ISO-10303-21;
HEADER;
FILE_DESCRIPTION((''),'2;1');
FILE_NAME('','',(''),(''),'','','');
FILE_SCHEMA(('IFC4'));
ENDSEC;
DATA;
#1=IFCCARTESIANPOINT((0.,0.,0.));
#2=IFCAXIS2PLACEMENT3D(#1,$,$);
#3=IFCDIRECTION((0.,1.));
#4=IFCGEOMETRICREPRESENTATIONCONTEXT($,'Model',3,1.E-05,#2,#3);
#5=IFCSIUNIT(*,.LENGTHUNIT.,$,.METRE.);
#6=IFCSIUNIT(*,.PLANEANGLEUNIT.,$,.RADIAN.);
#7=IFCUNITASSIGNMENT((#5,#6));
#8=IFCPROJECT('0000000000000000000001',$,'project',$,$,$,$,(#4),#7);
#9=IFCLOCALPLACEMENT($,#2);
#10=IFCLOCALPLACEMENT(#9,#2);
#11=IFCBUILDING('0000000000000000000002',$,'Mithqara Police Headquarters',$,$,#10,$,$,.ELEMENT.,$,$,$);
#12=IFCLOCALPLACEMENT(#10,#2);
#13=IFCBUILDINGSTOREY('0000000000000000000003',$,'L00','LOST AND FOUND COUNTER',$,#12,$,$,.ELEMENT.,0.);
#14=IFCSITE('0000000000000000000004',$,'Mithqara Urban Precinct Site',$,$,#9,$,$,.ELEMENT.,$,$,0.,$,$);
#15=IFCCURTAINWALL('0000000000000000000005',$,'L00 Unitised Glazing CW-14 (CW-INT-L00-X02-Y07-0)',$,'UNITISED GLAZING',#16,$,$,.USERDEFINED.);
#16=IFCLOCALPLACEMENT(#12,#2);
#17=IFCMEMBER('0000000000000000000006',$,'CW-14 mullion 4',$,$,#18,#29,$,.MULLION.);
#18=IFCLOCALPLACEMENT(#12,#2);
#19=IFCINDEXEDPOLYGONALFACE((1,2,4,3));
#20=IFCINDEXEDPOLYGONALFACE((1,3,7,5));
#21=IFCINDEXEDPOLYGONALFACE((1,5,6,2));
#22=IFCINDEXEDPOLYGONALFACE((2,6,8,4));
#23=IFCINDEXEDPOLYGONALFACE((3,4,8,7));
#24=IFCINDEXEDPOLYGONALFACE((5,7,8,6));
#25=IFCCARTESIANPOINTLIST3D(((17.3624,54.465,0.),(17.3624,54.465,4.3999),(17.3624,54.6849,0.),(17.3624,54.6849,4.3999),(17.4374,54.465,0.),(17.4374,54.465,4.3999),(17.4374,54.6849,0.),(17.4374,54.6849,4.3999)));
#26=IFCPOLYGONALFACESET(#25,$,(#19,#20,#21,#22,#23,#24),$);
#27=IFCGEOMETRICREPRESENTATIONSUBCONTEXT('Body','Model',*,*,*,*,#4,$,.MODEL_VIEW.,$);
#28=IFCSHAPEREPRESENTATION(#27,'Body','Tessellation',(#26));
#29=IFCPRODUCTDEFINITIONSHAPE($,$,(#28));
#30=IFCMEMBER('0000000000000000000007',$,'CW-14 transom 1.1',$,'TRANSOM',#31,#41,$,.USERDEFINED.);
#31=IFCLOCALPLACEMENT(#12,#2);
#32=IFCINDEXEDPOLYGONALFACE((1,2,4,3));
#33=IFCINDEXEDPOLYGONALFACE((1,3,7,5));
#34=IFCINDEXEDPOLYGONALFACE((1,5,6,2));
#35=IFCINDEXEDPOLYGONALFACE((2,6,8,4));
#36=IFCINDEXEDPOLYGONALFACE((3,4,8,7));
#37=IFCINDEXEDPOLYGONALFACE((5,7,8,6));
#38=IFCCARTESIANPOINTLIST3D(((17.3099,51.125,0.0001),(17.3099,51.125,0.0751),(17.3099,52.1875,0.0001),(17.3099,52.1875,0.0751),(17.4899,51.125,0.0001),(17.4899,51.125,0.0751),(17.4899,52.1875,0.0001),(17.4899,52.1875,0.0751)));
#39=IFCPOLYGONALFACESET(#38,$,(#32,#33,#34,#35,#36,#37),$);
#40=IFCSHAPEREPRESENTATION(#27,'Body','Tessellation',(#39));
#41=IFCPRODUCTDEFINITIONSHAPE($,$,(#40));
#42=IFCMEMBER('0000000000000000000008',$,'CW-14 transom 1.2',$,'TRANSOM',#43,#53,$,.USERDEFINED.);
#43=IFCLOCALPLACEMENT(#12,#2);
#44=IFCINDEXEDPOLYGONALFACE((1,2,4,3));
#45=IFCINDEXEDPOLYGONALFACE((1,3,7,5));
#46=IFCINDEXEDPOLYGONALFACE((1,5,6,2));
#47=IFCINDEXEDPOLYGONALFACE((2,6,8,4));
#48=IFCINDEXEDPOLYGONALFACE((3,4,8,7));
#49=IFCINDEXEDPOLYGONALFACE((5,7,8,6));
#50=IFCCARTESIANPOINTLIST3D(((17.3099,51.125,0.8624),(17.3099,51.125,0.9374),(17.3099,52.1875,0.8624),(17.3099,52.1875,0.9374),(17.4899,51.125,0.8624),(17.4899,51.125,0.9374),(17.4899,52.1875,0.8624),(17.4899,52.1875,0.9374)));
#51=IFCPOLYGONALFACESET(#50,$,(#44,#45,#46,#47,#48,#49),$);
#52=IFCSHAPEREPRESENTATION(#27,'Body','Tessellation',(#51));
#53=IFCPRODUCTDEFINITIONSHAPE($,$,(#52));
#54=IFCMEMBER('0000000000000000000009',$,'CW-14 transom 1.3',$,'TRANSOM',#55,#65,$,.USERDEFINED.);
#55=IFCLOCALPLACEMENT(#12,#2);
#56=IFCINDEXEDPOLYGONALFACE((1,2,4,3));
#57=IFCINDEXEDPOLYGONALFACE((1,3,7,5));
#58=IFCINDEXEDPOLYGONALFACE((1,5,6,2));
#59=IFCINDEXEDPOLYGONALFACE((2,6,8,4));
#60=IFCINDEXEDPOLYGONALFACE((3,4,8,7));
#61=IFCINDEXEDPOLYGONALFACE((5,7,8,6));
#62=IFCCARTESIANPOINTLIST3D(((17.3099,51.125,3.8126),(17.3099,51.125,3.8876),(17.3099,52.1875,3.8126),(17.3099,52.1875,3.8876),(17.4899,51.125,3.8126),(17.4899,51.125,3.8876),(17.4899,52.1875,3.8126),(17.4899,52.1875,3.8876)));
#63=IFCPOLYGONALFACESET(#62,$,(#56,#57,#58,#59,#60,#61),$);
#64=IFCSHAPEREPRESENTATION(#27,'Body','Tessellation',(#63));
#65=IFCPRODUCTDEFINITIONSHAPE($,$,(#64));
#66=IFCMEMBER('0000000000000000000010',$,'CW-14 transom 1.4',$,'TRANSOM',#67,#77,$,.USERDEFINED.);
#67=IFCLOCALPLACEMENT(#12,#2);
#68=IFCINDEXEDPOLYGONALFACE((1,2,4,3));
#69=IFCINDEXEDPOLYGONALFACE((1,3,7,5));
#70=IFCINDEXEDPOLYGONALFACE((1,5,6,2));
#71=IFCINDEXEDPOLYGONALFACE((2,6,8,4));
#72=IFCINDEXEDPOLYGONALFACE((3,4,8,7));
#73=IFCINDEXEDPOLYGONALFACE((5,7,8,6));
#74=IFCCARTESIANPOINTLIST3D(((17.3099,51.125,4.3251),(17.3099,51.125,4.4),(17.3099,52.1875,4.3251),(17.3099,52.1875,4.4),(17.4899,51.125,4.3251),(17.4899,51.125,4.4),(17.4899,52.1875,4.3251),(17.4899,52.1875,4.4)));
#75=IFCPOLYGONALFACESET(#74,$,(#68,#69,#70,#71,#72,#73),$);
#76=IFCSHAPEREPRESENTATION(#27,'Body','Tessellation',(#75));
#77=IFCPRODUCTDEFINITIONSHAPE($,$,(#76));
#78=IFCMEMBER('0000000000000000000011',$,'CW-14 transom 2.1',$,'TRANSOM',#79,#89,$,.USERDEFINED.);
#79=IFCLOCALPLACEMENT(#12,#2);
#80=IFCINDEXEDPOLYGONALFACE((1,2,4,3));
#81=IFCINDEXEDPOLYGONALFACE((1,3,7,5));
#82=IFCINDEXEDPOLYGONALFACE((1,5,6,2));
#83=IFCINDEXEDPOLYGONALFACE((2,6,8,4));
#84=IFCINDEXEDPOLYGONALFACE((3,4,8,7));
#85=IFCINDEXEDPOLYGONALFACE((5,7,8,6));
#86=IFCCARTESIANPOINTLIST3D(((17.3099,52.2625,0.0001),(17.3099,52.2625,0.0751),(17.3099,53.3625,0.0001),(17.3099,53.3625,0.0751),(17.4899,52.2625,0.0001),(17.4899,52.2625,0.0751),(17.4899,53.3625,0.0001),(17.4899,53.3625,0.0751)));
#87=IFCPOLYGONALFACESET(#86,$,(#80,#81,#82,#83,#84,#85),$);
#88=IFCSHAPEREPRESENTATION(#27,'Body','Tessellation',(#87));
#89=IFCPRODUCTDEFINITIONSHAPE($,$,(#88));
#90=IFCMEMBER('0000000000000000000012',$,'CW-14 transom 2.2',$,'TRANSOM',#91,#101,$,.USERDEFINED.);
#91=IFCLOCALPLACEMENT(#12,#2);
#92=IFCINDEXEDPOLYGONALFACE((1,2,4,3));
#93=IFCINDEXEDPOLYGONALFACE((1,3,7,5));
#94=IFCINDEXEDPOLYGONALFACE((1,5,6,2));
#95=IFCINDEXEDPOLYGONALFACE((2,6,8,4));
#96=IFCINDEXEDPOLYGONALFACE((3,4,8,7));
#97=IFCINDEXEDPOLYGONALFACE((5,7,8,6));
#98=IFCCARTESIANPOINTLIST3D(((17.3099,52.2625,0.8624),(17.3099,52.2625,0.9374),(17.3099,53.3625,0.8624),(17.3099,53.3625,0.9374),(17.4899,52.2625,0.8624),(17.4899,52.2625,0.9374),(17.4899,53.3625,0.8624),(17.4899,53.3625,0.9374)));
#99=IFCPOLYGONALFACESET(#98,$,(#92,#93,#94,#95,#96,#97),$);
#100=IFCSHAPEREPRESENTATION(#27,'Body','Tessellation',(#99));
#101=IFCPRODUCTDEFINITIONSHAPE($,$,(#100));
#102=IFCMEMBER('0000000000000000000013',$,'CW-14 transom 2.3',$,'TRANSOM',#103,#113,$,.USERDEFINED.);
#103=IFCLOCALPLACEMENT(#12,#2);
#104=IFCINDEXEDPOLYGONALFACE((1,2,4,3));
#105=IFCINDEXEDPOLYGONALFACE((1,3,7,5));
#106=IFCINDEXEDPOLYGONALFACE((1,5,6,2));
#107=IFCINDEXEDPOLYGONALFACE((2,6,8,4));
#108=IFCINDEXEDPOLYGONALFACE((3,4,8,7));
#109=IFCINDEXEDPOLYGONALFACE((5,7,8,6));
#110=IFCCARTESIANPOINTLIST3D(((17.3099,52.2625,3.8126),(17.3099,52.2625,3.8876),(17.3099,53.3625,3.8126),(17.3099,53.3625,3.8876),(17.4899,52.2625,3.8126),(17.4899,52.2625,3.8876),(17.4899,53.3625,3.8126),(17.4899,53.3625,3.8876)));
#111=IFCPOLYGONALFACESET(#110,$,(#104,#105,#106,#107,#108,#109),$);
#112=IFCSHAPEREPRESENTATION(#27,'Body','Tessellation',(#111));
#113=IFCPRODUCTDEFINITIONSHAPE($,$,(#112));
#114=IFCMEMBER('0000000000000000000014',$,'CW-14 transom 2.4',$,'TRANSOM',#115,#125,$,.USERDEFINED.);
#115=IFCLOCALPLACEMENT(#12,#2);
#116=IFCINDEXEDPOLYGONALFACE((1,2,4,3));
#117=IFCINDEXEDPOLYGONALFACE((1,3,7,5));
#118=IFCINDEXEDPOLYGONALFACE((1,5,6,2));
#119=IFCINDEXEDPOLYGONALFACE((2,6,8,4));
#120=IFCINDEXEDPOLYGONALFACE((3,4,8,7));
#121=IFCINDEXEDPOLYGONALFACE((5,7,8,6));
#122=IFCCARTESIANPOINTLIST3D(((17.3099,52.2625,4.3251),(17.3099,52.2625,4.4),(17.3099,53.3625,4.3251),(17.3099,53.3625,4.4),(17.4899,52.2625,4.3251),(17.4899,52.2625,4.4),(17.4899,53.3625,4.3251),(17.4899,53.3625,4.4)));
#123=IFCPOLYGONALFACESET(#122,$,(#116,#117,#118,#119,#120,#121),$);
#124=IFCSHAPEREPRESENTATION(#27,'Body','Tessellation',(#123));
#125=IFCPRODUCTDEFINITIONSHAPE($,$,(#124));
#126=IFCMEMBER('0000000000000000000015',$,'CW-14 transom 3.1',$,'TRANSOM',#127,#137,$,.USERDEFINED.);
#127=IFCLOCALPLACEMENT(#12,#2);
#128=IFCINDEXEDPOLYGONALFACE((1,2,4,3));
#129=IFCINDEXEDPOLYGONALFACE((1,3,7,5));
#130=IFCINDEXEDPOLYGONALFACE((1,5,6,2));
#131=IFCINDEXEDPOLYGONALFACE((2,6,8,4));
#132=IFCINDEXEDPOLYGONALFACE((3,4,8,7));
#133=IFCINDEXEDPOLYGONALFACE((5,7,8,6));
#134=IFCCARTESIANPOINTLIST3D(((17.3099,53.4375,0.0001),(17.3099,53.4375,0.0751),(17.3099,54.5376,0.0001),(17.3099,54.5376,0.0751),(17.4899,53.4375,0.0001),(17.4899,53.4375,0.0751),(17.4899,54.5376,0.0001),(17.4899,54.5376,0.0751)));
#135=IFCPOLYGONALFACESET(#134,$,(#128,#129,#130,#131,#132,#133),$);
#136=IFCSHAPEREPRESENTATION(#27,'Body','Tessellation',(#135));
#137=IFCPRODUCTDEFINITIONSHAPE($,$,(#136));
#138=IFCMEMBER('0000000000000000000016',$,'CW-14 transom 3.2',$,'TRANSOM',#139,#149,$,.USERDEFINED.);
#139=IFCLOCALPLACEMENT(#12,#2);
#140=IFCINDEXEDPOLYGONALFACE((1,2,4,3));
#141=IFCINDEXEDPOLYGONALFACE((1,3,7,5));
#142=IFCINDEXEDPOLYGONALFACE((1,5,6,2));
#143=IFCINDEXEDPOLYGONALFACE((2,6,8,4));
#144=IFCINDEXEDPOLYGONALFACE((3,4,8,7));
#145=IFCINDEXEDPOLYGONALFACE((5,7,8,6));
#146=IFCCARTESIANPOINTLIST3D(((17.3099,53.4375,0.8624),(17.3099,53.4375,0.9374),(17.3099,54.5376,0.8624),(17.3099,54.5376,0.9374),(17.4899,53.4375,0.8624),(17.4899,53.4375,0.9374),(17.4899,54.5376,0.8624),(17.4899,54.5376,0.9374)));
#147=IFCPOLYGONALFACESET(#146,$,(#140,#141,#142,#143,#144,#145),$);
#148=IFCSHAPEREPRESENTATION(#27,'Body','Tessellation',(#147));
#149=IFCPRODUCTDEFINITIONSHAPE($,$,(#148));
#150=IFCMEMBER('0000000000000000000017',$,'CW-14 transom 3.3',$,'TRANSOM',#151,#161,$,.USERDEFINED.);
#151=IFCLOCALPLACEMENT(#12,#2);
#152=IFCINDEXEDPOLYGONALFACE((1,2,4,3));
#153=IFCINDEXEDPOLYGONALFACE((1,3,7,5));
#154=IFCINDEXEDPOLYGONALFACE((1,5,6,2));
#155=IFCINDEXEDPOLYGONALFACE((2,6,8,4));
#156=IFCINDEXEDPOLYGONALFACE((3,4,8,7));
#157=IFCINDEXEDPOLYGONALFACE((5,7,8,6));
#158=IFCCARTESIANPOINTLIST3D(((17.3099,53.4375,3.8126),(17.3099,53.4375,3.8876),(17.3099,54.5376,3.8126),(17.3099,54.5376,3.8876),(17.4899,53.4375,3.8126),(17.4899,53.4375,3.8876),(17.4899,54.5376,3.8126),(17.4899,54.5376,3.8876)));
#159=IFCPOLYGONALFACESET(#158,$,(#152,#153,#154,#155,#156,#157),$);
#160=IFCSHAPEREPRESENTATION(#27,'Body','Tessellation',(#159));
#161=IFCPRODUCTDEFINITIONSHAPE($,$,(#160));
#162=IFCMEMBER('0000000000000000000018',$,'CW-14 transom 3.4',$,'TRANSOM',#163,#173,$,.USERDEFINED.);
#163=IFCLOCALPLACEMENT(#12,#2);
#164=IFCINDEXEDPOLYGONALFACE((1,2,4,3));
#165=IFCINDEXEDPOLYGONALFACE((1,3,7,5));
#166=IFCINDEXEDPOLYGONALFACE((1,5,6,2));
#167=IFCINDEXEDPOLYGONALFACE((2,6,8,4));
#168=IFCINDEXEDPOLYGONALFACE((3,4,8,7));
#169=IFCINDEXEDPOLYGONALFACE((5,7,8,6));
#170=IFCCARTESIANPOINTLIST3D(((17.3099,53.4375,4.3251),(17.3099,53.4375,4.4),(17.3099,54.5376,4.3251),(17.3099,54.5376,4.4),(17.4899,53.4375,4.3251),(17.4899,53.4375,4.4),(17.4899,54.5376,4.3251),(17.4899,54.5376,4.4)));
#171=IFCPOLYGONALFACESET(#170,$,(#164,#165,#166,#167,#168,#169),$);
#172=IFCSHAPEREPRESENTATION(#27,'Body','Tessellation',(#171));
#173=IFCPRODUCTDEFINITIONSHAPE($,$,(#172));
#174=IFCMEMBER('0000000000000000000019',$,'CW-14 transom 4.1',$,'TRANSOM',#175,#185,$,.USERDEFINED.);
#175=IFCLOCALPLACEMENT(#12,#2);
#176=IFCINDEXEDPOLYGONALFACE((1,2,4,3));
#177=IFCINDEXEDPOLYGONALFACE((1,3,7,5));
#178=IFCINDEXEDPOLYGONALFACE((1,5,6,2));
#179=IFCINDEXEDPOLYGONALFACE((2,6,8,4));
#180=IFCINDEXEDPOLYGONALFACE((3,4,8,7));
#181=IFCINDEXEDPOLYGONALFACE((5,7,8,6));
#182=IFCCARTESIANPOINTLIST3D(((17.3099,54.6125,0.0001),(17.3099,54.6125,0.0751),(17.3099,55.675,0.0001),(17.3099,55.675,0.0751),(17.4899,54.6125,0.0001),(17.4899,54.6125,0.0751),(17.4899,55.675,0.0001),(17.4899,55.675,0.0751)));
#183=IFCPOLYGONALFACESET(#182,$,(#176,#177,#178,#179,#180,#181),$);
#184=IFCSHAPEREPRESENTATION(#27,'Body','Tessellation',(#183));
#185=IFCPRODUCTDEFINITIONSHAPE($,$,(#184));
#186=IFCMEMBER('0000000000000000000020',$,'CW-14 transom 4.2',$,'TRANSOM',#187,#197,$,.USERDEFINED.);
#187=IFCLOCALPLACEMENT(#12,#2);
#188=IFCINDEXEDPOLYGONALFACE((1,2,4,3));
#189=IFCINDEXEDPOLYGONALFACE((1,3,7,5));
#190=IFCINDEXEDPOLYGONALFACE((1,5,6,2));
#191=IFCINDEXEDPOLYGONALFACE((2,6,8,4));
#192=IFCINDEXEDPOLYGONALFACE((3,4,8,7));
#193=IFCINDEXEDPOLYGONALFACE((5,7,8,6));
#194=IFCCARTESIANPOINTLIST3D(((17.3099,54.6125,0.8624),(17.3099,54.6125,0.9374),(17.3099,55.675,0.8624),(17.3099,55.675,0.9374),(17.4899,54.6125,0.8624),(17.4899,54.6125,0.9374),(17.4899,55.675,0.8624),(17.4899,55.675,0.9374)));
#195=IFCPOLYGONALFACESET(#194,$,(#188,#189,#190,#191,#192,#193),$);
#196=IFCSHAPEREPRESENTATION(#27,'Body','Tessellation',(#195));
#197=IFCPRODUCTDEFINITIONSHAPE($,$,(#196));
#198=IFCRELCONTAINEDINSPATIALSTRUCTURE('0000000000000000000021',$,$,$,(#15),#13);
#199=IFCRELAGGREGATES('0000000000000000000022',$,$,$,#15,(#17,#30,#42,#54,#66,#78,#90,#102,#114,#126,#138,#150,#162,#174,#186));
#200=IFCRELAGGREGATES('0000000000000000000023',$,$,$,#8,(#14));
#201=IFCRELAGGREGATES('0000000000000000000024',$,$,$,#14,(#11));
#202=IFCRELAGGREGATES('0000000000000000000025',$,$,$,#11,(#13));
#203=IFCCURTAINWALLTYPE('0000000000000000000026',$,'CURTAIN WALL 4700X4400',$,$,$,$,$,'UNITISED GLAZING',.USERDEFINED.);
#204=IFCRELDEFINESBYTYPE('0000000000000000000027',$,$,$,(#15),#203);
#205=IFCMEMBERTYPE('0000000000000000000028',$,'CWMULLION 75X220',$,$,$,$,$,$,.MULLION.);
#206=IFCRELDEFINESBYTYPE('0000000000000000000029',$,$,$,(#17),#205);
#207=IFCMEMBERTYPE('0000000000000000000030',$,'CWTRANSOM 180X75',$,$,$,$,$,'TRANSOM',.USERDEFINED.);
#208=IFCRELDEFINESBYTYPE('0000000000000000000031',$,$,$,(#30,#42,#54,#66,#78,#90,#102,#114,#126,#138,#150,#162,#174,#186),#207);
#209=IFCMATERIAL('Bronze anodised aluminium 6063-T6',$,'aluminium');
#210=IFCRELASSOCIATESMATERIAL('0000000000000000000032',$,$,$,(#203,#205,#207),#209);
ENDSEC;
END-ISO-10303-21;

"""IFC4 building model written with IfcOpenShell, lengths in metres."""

from ifc_helpers import new_model, si_unit, direction, frame, origin, origin_2d, place, context, subcontext, project, spatial, rectangle, extrude, material, material_profile, profile_set, type_object, element, aggregate, save


model = new_model("IFC4")

# Units and contexts
model_context = context("Model", 3, precision=1e-05, world=origin(), true_north=direction((0.0, 1.0)))
body_context = subcontext(model_context, "Body", "Model", "MODEL_VIEW")
ifc_project = project(units=[si_unit("LENGTHUNIT", "METRE"), si_unit("PLANEANGLEUNIT", "RADIAN")], contexts=[model_context])

# Site, building, storey
site_placement = place(None, origin())
site = spatial("IfcSite", under=ifc_project, at=site_placement, Name="Mithqara Urban Precinct Site", CompositionType="ELEMENT", RefElevation=0.0)
building_placement = place(site_placement, origin())
building = spatial("IfcBuilding", under=site, at=building_placement, Name="Mithqara Police Headquarters", CompositionType="ELEMENT")
storey_placement = place(building_placement, origin())
storey = spatial("IfcBuildingStorey", under=building, at=storey_placement, Name="L00", Description="LOST AND FOUND COUNTER", CompositionType="ELEMENT", Elevation=0.0)

# Shared definitions
ifc_material_1 = material(Name="Bronze anodised aluminium 6063-T6", Category="aluminium")
curtain_wall_type = type_object("IfcCurtainWallType", Name="CURTAIN WALL 4700X4400", ElementType="UNITISED GLAZING", PredefinedType="USERDEFINED", material=ifc_material_1)
ifc_material_profile_1 = material_profile(ifc_material_1, rectangle(XDim=0.075, YDim=0.22, at=origin_2d()), Name="CWM 75x220")
ifc_profile_set_1 = profile_set([ifc_material_profile_1], Name="Bronze anodised aluminium 6063-T6")
member_type_1 = type_object("IfcMemberType", Name="CWMULLION 75X220", PredefinedType="MULLION", material=ifc_profile_set_1)

# Curtain wall, members
curtain_wall_1_placement = place(storey_placement, origin())
curtain_wall_1 = element("IfcCurtainWall", 1, at=curtain_wall_1_placement, inside=storey, type_object=curtain_wall_type, Name="L00 Unitised Glazing CW-14 (CW-INT-L00-X02-Y07-0)", ObjectType="UNITISED GLAZING", PredefinedType="USERDEFINED")
member_1_placement = place(storey_placement, frame((17.3999, 54.575, 0.0), z_axis=(0.0, 0.0, 1.0), x_axis=(-1.0, 0.0, 0.0)))
member_1 = element("IfcMember", 2, at=member_1_placement, type_object=member_type_1, Name="CW-14 mullion 4", PredefinedType="MULLION", context=body_context, shape_type="SweptSolid", body=[
    extrude(rectangle(XDim=0.075, YDim=0.22, at=origin_2d()), origin(), (0.0, 0.0, 1.0), 4.3999),
])
ifc_material_profile_2 = material_profile(ifc_material_1, rectangle(XDim=0.1799, YDim=0.075, at=origin_2d()), Name="CWT 180x75")
ifc_profile_set_2 = profile_set([ifc_material_profile_2], Name="Bronze anodised aluminium 6063-T6")
member_type_2 = type_object("IfcMemberType", Name="CWTRANSOM 180X75", ElementType="TRANSOM", PredefinedType="USERDEFINED", material=ifc_profile_set_2)
member_2_placement = place(storey_placement, frame((17.3999, 51.125, 0.0376), z_axis=(0.0, 1.0, 0.0), x_axis=(-1.0, 0.0, 0.0)))
member_2 = element("IfcMember", 3, at=member_2_placement, type_object=member_type_2, Name="CW-14 transom 1.1", ObjectType="TRANSOM", PredefinedType="USERDEFINED", context=body_context, shape_type="SweptSolid", body=[
    extrude(rectangle(XDim=0.1799, YDim=0.075, at=origin_2d()), origin(), (0.0, 0.0, 1.0), 1.0625),
])
member_3_placement = place(storey_placement, frame((17.3999, 51.125, 0.8999), z_axis=(0.0, 1.0, 0.0), x_axis=(-1.0, 0.0, 0.0)))
member_3 = element("IfcMember", 4, at=member_3_placement, type_object=member_type_2, Name="CW-14 transom 1.2", ObjectType="TRANSOM", PredefinedType="USERDEFINED", context=body_context, shape_type="SweptSolid", body=[
    extrude(rectangle(XDim=0.1799, YDim=0.075, at=origin_2d()), origin(), (0.0, 0.0, 1.0), 1.0625),
])
member_4_placement = place(storey_placement, frame((17.3999, 51.125, 3.8501), z_axis=(0.0, 1.0, 0.0), x_axis=(-1.0, 0.0, 0.0)))
member_4 = element("IfcMember", 5, at=member_4_placement, type_object=member_type_2, Name="CW-14 transom 1.3", ObjectType="TRANSOM", PredefinedType="USERDEFINED", context=body_context, shape_type="SweptSolid", body=[
    extrude(rectangle(XDim=0.1799, YDim=0.075, at=origin_2d()), origin(), (0.0, 0.0, 1.0), 1.0625),
])
member_5_placement = place(storey_placement, frame((17.3999, 51.125, 4.3625), z_axis=(0.0, 1.0, 0.0), x_axis=(-1.0, 0.0, 0.0)))
member_5 = element("IfcMember", 6, at=member_5_placement, type_object=member_type_2, Name="CW-14 transom 1.4", ObjectType="TRANSOM", PredefinedType="USERDEFINED", context=body_context, shape_type="SweptSolid", body=[
    extrude(rectangle(XDim=0.1799, YDim=0.075, at=origin_2d()), origin(), (0.0, 0.0, 1.0), 1.0625),
])
member_6_placement = place(storey_placement, frame((17.3999, 52.2625, 0.0376), z_axis=(0.0, 1.0, 0.0), x_axis=(-1.0, 0.0, 0.0)))
member_6 = element("IfcMember", 7, at=member_6_placement, type_object=member_type_2, Name="CW-14 transom 2.1", ObjectType="TRANSOM", PredefinedType="USERDEFINED", context=body_context, shape_type="SweptSolid", body=[
    extrude(rectangle(XDim=0.1799, YDim=0.075, at=origin_2d()), origin(), (0.0, 0.0, 1.0), 1.1001),
])
member_7_placement = place(storey_placement, frame((17.3999, 52.2625, 0.8999), z_axis=(0.0, 1.0, 0.0), x_axis=(-1.0, 0.0, 0.0)))
member_7 = element("IfcMember", 8, at=member_7_placement, type_object=member_type_2, Name="CW-14 transom 2.2", ObjectType="TRANSOM", PredefinedType="USERDEFINED", context=body_context, shape_type="SweptSolid", body=[
    extrude(rectangle(XDim=0.1799, YDim=0.075, at=origin_2d()), origin(), (0.0, 0.0, 1.0), 1.1001),
])
member_8_placement = place(storey_placement, frame((17.3999, 52.2625, 3.8501), z_axis=(0.0, 1.0, 0.0), x_axis=(-1.0, 0.0, 0.0)))
member_8 = element("IfcMember", 9, at=member_8_placement, type_object=member_type_2, Name="CW-14 transom 2.3", ObjectType="TRANSOM", PredefinedType="USERDEFINED", context=body_context, shape_type="SweptSolid", body=[
    extrude(rectangle(XDim=0.1799, YDim=0.075, at=origin_2d()), origin(), (0.0, 0.0, 1.0), 1.1001),
])
member_9_placement = place(storey_placement, frame((17.3999, 52.2625, 4.3625), z_axis=(0.0, 1.0, 0.0), x_axis=(-1.0, 0.0, 0.0)))
member_9 = element("IfcMember", 10, at=member_9_placement, type_object=member_type_2, Name="CW-14 transom 2.4", ObjectType="TRANSOM", PredefinedType="USERDEFINED", context=body_context, shape_type="SweptSolid", body=[
    extrude(rectangle(XDim=0.1799, YDim=0.075, at=origin_2d()), origin(), (0.0, 0.0, 1.0), 1.1001),
])
member_10_placement = place(storey_placement, frame((17.3999, 53.4375, 0.0376), z_axis=(0.0, 1.0, 0.0), x_axis=(-1.0, 0.0, 0.0)))
member_10 = element("IfcMember", 11, at=member_10_placement, type_object=member_type_2, Name="CW-14 transom 3.1", ObjectType="TRANSOM", PredefinedType="USERDEFINED", context=body_context, shape_type="SweptSolid", body=[
    extrude(rectangle(XDim=0.1799, YDim=0.075, at=origin_2d()), origin(), (0.0, 0.0, 1.0), 1.1001),
])
member_11_placement = place(storey_placement, frame((17.3999, 53.4375, 0.8999), z_axis=(0.0, 1.0, 0.0), x_axis=(-1.0, 0.0, 0.0)))
member_11 = element("IfcMember", 12, at=member_11_placement, type_object=member_type_2, Name="CW-14 transom 3.2", ObjectType="TRANSOM", PredefinedType="USERDEFINED", context=body_context, shape_type="SweptSolid", body=[
    extrude(rectangle(XDim=0.1799, YDim=0.075, at=origin_2d()), origin(), (0.0, 0.0, 1.0), 1.1001),
])
member_12_placement = place(storey_placement, frame((17.3999, 53.4375, 3.8501), z_axis=(0.0, 1.0, 0.0), x_axis=(-1.0, 0.0, 0.0)))
member_12 = element("IfcMember", 13, at=member_12_placement, type_object=member_type_2, Name="CW-14 transom 3.3", ObjectType="TRANSOM", PredefinedType="USERDEFINED", context=body_context, shape_type="SweptSolid", body=[
    extrude(rectangle(XDim=0.1799, YDim=0.075, at=origin_2d()), origin(), (0.0, 0.0, 1.0), 1.1001),
])
member_13_placement = place(storey_placement, frame((17.3999, 53.4375, 4.3625), z_axis=(0.0, 1.0, 0.0), x_axis=(-1.0, 0.0, 0.0)))
member_13 = element("IfcMember", 14, at=member_13_placement, type_object=member_type_2, Name="CW-14 transom 3.4", ObjectType="TRANSOM", PredefinedType="USERDEFINED", context=body_context, shape_type="SweptSolid", body=[
    extrude(rectangle(XDim=0.1799, YDim=0.075, at=origin_2d()), origin(), (0.0, 0.0, 1.0), 1.1001),
])
member_14_placement = place(storey_placement, frame((17.3999, 54.6125, 0.0376), z_axis=(0.0, 1.0, 0.0), x_axis=(-1.0, 0.0, 0.0)))
member_14 = element("IfcMember", 15, at=member_14_placement, type_object=member_type_2, Name="CW-14 transom 4.1", ObjectType="TRANSOM", PredefinedType="USERDEFINED", context=body_context, shape_type="SweptSolid", body=[
    extrude(rectangle(XDim=0.1799, YDim=0.075, at=origin_2d()), origin(), (0.0, 0.0, 1.0), 1.0625),
])
member_15_placement = place(storey_placement, frame((17.3999, 54.6125, 0.8999), z_axis=(0.0, 1.0, 0.0), x_axis=(-1.0, 0.0, 0.0)))
member_15 = element("IfcMember", 16, at=member_15_placement, type_object=member_type_2, Name="CW-14 transom 4.2", ObjectType="TRANSOM", PredefinedType="USERDEFINED", context=body_context, shape_type="SweptSolid", body=[
    extrude(rectangle(XDim=0.1799, YDim=0.075, at=origin_2d()), origin(), (0.0, 0.0, 1.0), 1.0625),
])

aggregate(curtain_wall_1, [member_1, member_2, member_3, member_4, member_5, member_6, member_7, member_8, member_9, member_10, member_11, member_12, member_13, member_14, member_15])

save(model, "model.ifc")
